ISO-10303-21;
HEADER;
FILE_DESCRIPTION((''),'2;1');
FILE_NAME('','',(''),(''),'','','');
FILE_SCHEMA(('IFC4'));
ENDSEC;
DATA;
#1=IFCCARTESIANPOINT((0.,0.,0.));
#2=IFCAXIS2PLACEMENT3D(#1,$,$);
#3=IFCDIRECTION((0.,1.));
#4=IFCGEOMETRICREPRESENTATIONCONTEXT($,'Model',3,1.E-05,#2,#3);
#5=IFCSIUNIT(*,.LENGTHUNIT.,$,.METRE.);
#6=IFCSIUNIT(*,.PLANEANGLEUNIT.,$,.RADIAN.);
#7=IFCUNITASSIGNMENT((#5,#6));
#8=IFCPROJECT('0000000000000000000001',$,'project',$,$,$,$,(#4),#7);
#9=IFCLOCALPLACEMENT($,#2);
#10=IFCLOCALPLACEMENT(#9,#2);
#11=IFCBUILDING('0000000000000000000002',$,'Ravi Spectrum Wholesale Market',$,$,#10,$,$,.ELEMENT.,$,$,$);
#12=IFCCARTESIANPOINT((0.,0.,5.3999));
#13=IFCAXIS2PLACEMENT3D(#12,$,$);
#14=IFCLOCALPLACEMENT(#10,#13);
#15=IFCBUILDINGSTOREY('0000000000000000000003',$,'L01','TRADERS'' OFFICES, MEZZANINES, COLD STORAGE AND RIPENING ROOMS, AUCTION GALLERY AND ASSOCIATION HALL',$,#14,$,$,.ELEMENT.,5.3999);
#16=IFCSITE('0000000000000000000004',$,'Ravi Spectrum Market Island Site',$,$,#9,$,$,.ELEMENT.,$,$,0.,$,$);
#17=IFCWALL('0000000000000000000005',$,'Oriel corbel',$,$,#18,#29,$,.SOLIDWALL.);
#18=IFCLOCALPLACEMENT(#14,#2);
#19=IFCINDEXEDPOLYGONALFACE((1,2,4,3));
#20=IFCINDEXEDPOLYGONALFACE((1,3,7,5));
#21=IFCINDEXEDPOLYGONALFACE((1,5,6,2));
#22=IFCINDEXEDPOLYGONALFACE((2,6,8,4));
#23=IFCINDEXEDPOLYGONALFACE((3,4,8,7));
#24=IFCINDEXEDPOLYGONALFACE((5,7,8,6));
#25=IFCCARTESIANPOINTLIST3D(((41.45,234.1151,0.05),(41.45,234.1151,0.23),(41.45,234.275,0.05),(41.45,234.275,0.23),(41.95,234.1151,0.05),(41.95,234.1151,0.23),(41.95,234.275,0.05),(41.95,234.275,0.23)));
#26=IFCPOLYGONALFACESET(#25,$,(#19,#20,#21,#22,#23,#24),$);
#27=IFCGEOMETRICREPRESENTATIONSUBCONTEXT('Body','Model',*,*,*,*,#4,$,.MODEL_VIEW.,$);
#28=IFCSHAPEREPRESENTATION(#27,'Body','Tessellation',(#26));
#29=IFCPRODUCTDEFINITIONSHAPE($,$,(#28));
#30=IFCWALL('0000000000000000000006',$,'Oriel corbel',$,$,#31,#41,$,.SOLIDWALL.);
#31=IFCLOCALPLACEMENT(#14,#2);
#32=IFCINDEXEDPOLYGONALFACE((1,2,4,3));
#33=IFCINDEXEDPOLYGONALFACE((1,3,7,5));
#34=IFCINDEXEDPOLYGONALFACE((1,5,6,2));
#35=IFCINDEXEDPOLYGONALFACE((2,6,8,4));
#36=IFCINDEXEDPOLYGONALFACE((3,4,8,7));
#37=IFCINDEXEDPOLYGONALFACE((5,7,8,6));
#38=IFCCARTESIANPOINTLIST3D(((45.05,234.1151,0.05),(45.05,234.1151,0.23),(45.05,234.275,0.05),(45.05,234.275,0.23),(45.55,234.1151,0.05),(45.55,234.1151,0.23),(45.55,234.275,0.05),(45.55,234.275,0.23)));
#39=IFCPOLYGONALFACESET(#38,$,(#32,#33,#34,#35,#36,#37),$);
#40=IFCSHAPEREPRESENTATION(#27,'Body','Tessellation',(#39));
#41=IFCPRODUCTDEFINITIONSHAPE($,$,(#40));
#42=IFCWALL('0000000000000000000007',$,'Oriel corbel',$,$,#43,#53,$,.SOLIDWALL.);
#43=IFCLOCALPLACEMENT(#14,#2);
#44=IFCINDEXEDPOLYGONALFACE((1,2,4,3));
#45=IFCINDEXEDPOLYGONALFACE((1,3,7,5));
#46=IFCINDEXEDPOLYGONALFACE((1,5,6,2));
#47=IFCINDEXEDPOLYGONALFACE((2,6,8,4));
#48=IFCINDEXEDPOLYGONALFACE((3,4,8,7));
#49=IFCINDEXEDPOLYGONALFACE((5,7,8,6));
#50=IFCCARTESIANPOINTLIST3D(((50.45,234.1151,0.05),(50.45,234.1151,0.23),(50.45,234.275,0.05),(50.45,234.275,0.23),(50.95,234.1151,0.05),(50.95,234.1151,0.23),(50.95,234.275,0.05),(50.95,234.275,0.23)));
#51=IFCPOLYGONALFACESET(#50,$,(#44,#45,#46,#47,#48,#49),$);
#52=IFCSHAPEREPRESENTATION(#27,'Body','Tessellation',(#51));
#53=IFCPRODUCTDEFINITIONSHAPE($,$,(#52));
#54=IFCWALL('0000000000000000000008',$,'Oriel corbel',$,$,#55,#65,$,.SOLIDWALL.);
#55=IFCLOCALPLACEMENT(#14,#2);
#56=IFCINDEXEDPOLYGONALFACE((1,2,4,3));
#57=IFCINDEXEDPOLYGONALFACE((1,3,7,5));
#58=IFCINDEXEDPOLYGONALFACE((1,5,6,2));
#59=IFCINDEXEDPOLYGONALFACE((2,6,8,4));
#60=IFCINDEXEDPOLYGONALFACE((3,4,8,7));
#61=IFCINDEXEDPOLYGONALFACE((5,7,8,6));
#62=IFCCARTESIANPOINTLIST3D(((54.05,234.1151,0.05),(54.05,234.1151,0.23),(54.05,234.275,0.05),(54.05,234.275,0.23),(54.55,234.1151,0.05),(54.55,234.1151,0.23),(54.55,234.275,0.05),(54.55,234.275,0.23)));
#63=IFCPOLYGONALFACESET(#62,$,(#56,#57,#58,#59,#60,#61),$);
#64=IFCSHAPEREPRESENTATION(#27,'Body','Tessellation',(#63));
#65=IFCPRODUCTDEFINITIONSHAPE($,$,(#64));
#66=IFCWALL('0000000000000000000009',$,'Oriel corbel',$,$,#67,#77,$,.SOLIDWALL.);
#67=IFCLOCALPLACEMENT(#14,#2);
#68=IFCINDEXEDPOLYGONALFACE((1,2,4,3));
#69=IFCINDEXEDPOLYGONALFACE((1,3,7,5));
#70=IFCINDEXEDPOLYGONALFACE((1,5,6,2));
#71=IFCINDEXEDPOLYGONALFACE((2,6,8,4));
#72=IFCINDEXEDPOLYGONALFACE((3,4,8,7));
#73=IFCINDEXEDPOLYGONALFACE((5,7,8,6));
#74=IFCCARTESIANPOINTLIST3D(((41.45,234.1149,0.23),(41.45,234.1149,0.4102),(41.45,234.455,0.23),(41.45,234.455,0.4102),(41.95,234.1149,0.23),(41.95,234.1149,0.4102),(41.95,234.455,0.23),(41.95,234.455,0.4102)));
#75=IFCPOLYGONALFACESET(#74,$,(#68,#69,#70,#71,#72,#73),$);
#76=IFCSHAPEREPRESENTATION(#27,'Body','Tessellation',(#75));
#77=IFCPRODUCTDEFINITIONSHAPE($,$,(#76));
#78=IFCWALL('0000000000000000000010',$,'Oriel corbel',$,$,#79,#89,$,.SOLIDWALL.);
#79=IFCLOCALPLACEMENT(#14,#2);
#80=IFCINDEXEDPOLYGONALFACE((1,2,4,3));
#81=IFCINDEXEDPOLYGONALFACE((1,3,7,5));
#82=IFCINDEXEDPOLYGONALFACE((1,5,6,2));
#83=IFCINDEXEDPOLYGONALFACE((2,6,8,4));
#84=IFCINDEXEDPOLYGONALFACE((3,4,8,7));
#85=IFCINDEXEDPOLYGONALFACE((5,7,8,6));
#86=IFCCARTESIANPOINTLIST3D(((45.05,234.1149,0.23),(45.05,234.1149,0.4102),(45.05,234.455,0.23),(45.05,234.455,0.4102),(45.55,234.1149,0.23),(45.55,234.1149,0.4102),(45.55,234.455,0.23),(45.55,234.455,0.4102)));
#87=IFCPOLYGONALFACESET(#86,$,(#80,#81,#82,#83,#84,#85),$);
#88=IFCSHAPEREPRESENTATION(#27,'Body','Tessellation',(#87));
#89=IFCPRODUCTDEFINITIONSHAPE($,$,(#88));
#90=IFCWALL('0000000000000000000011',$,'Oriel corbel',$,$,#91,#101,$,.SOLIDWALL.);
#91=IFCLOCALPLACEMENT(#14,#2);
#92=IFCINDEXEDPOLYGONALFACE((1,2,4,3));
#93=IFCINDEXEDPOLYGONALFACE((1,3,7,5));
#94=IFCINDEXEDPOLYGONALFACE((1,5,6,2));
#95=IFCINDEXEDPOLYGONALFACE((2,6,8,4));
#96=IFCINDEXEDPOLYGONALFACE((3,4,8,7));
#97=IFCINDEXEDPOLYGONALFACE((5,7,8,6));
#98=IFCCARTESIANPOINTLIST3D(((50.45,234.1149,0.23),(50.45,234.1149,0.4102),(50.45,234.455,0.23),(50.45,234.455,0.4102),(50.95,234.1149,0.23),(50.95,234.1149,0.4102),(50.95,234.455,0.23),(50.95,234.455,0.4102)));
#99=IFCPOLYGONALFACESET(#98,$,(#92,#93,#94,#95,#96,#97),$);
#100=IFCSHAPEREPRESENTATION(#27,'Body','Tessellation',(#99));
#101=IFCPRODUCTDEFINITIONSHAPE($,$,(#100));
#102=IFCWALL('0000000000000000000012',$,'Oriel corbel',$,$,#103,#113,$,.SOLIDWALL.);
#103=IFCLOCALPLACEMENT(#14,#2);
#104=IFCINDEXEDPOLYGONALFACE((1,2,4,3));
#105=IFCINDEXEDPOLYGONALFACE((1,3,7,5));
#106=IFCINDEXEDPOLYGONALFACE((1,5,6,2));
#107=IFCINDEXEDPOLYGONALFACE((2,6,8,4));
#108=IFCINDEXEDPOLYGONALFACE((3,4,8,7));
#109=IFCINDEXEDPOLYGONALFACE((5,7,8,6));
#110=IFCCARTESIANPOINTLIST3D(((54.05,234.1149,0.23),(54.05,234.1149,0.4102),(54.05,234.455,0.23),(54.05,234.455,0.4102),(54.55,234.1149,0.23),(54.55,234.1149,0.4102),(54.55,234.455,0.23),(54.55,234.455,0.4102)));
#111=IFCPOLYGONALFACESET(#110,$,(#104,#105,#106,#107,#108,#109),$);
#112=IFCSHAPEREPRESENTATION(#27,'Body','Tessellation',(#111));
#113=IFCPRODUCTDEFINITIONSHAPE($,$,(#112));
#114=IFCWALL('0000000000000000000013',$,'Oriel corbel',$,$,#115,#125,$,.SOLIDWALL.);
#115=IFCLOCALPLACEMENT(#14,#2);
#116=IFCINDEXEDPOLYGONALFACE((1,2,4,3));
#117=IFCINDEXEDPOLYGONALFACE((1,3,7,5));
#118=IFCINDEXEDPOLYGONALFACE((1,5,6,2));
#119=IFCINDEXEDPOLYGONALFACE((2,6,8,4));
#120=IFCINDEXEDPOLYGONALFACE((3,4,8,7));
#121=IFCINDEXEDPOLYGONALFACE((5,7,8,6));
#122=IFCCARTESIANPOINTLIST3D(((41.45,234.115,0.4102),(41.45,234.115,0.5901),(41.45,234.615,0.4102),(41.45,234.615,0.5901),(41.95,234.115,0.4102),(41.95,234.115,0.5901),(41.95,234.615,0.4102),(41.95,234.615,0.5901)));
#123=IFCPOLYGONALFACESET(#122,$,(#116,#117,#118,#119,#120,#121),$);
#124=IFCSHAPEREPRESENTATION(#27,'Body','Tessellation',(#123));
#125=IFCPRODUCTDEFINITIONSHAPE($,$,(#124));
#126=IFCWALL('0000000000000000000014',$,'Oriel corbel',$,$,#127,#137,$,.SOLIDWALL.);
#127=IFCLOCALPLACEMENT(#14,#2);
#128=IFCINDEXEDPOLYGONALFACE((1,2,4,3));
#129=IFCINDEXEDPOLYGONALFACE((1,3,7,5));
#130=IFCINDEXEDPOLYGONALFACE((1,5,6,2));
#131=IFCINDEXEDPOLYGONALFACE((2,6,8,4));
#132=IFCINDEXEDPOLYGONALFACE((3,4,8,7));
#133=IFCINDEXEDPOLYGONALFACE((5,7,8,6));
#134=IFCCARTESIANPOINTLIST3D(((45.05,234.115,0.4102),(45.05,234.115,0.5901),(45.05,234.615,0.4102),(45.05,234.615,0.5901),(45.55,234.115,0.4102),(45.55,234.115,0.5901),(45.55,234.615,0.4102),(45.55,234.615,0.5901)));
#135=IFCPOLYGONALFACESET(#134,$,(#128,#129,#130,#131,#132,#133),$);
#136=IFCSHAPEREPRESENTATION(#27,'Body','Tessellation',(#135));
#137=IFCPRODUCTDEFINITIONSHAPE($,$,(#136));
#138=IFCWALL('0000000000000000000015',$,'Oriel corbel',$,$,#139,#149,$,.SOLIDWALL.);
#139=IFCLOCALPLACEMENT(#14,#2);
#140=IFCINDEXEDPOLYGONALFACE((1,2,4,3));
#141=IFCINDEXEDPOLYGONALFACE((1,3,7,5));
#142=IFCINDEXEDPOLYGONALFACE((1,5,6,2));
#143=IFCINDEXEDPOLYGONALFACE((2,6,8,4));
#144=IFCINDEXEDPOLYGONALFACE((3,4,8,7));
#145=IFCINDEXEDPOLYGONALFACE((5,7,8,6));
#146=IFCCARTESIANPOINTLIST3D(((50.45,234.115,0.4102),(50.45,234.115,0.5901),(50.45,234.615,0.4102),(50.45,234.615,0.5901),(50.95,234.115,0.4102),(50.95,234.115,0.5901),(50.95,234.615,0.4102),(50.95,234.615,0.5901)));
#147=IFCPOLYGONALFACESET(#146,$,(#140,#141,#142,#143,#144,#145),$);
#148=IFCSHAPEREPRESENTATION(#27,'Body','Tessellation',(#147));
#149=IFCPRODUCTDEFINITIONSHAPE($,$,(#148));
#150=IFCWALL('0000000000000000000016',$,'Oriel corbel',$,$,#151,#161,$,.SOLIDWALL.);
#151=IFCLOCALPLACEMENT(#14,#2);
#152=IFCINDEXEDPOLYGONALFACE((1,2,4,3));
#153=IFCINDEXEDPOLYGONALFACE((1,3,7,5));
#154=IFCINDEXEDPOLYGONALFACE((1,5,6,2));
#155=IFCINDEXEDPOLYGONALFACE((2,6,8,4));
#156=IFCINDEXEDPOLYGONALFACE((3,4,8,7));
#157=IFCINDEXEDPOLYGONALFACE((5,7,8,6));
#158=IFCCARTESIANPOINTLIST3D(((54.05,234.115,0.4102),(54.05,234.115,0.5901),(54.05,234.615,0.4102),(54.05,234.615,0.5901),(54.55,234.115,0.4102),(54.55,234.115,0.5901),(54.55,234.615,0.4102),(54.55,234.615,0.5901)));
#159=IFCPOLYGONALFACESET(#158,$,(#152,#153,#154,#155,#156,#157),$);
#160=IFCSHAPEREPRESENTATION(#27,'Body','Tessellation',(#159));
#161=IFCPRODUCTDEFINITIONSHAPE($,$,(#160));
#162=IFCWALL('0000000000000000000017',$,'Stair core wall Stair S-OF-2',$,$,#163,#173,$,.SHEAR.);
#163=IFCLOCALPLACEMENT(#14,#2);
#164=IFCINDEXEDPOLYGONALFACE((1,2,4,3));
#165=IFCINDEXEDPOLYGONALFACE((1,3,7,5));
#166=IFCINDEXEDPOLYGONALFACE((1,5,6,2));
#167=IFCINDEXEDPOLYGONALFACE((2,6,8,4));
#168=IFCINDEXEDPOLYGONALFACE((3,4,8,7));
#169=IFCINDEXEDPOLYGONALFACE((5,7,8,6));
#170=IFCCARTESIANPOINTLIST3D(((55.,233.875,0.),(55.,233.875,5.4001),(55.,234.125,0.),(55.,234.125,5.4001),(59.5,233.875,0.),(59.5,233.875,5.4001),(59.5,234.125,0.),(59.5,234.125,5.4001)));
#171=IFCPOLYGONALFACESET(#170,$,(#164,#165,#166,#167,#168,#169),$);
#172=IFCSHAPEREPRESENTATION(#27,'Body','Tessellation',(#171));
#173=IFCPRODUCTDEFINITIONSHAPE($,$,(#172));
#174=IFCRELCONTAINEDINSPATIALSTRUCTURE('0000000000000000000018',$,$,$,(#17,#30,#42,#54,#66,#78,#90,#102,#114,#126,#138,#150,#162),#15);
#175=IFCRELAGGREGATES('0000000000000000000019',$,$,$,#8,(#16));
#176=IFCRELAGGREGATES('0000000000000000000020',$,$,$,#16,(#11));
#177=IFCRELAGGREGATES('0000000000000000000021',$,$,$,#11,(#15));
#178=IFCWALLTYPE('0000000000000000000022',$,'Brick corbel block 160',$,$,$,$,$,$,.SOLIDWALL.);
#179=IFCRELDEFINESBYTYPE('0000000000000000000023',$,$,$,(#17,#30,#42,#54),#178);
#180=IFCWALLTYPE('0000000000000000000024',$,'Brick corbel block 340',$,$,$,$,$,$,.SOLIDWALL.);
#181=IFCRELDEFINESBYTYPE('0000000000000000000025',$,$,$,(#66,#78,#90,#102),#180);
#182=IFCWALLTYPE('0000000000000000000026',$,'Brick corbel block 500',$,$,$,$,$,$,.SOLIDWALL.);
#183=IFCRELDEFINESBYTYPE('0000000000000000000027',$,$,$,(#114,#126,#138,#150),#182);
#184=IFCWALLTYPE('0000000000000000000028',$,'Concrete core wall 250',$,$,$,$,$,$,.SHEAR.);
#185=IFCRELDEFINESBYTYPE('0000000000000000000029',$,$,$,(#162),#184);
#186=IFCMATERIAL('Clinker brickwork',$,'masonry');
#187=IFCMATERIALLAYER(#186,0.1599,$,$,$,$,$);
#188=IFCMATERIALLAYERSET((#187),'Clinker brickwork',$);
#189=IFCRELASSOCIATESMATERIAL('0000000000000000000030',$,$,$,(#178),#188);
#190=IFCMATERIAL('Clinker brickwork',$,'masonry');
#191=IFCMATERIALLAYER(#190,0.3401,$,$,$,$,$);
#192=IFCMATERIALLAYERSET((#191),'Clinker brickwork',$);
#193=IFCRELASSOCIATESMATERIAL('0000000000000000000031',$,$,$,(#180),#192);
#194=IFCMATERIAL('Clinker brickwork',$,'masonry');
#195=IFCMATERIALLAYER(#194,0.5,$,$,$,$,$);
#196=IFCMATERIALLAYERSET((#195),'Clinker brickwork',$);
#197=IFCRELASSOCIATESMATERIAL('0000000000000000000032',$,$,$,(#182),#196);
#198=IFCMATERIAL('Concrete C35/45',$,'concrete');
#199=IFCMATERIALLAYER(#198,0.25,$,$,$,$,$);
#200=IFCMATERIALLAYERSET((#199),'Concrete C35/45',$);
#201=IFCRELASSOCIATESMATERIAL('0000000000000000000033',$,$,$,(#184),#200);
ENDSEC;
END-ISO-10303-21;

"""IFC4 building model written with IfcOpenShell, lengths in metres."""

from ifc_helpers import new_model, si_unit, direction, frame, frame_2d, origin, place, context, subcontext, project, spatial, rectangle, extrude, material, layer, layer_set, type_object, element, save


model = new_model("IFC4")

# Units and contexts
model_context = context("Model", 3, precision=1e-05, world=origin(), true_north=direction((0.0, 1.0)))
body_context = subcontext(model_context, "Body", "Model", "MODEL_VIEW")
ifc_project = project(units=[si_unit("LENGTHUNIT", "METRE"), si_unit("PLANEANGLEUNIT", "RADIAN")], contexts=[model_context])

# Site, building, storey
site_placement = place(None, origin())
site = spatial("IfcSite", under=ifc_project, at=site_placement, Name="Ravi Spectrum Market Island Site", CompositionType="ELEMENT", RefElevation=0.0)
building_placement = place(site_placement, origin())
building = spatial("IfcBuilding", under=site, at=building_placement, Name="Ravi Spectrum Wholesale Market", CompositionType="ELEMENT")
storey_placement = place(building_placement, frame((0.0, 0.0, 5.3999)))
storey = spatial("IfcBuildingStorey", under=building, at=storey_placement, Name="L01", Description="TRADERS' OFFICES, MEZZANINES, COLD STORAGE AND RIPENING ROOMS, AUCTION GALLERY AND ASSOCIATION HALL", CompositionType="ELEMENT", Elevation=5.3999)

# Walls
ifc_material_1 = material(Name="Clinker brickwork", Category="masonry")
ifc_layer_1 = layer(ifc_material_1, 0.1599)
ifc_layer_set_1 = layer_set([ifc_layer_1], Name="Clinker brickwork")
wall_type_1 = type_object("IfcWallType", Name="Brick corbel block 160", PredefinedType="SOLIDWALL", material=ifc_layer_set_1)
for number, where, z_axis, x_axis, name in (
    (1, (41.45, 234.1951, 0.05), (0.0, 0.0, 1.0), (1.0, 0.0, 0.0), "Oriel corbel"),
    (2, (45.05, 234.1951, 0.05), (0.0, 0.0, 1.0), (1.0, 0.0, 0.0), "Oriel corbel"),
    (3, (50.45, 234.1951, 0.05), (0.0, 0.0, 1.0), (1.0, 0.0, 0.0), "Oriel corbel"),
    (4, (54.05, 234.1951, 0.05), (0.0, 0.0, 1.0), (1.0, 0.0, 0.0), "Oriel corbel"),
):
    element("IfcWall", number, at=place(storey_placement, frame(where, z_axis=z_axis, x_axis=x_axis)), inside=storey, type_object=wall_type_1, Name=name, PredefinedType="SOLIDWALL", context=body_context, shape_type="SweptSolid", body=[
        extrude(rectangle(XDim=0.5, YDim=0.1599, at=frame_2d((0.25, 0.0))), origin(), (0.0, 0.0, 1.0), 0.1799),
    ])
ifc_material_2 = material(Name="Clinker brickwork", Category="masonry")
ifc_layer_2 = layer(ifc_material_2, 0.3401)
ifc_layer_set_2 = layer_set([ifc_layer_2], Name="Clinker brickwork")
wall_type_2 = type_object("IfcWallType", Name="Brick corbel block 340", PredefinedType="SOLIDWALL", material=ifc_layer_set_2)
for number, where, z_axis, x_axis, name in (
    (5, (41.45, 234.2849, 0.23), (0.0, 0.0, 1.0), (1.0, 0.0, 0.0), "Oriel corbel"),
    (6, (45.05, 234.2849, 0.23), (0.0, 0.0, 1.0), (1.0, 0.0, 0.0), "Oriel corbel"),
    (7, (50.45, 234.2849, 0.23), (0.0, 0.0, 1.0), (1.0, 0.0, 0.0), "Oriel corbel"),
    (8, (54.05, 234.2849, 0.23), (0.0, 0.0, 1.0), (1.0, 0.0, 0.0), "Oriel corbel"),
):
    element("IfcWall", number, at=place(storey_placement, frame(where, z_axis=z_axis, x_axis=x_axis)), inside=storey, type_object=wall_type_2, Name=name, PredefinedType="SOLIDWALL", context=body_context, shape_type="SweptSolid", body=[
        extrude(rectangle(XDim=0.5, YDim=0.3401, at=frame_2d((0.25, 0.0))), origin(), (0.0, 0.0, 1.0), 0.1802),
    ])
ifc_material_3 = material(Name="Clinker brickwork", Category="masonry")
ifc_layer_3 = layer(ifc_material_3, 0.5)
ifc_layer_set_3 = layer_set([ifc_layer_3], Name="Clinker brickwork")
wall_type_3 = type_object("IfcWallType", Name="Brick corbel block 500", PredefinedType="SOLIDWALL", material=ifc_layer_set_3)
for number, where, z_axis, x_axis, name in (
    (9, (41.45, 234.365, 0.4102), (0.0, 0.0, 1.0), (1.0, 0.0, 0.0), "Oriel corbel"),
    (10, (45.05, 234.365, 0.4102), (0.0, 0.0, 1.0), (1.0, 0.0, 0.0), "Oriel corbel"),
    (11, (50.45, 234.365, 0.4102), (0.0, 0.0, 1.0), (1.0, 0.0, 0.0), "Oriel corbel"),
    (12, (54.05, 234.365, 0.4102), (0.0, 0.0, 1.0), (1.0, 0.0, 0.0), "Oriel corbel"),
):
    element("IfcWall", number, at=place(storey_placement, frame(where, z_axis=z_axis, x_axis=x_axis)), inside=storey, type_object=wall_type_3, Name=name, PredefinedType="SOLIDWALL", context=body_context, shape_type="SweptSolid", body=[
        extrude(rectangle(XDim=0.5, YDim=0.5, at=frame_2d((0.25, 0.0))), origin(), (0.0, 0.0, 1.0), 0.1799),
    ])
ifc_material_4 = material(Name="Concrete C35/45", Category="concrete")
ifc_layer_4 = layer(ifc_material_4, 0.25)
ifc_layer_set_4 = layer_set([ifc_layer_4], Name="Concrete C35/45")
wall_type_4 = type_object("IfcWallType", Name="Concrete core wall 250", PredefinedType="SHEAR", material=ifc_layer_set_4)
wall_1_placement = place(storey_placement, frame((55.0, 234.0, 0.0), z_axis=(0.0, 0.0, 1.0), x_axis=(1.0, 0.0, 0.0)))
element("IfcWall", 13, at=wall_1_placement, inside=storey, type_object=wall_type_4, Name="Stair core wall Stair S-OF-2", PredefinedType="SHEAR", context=body_context, shape_type="SweptSolid", body=[
    extrude(rectangle(XDim=4.5, YDim=0.25, at=frame_2d((2.25, 0.0))), origin(), (0.0, 0.0, 1.0), 5.4001),
])

save(model, "model.ifc")
